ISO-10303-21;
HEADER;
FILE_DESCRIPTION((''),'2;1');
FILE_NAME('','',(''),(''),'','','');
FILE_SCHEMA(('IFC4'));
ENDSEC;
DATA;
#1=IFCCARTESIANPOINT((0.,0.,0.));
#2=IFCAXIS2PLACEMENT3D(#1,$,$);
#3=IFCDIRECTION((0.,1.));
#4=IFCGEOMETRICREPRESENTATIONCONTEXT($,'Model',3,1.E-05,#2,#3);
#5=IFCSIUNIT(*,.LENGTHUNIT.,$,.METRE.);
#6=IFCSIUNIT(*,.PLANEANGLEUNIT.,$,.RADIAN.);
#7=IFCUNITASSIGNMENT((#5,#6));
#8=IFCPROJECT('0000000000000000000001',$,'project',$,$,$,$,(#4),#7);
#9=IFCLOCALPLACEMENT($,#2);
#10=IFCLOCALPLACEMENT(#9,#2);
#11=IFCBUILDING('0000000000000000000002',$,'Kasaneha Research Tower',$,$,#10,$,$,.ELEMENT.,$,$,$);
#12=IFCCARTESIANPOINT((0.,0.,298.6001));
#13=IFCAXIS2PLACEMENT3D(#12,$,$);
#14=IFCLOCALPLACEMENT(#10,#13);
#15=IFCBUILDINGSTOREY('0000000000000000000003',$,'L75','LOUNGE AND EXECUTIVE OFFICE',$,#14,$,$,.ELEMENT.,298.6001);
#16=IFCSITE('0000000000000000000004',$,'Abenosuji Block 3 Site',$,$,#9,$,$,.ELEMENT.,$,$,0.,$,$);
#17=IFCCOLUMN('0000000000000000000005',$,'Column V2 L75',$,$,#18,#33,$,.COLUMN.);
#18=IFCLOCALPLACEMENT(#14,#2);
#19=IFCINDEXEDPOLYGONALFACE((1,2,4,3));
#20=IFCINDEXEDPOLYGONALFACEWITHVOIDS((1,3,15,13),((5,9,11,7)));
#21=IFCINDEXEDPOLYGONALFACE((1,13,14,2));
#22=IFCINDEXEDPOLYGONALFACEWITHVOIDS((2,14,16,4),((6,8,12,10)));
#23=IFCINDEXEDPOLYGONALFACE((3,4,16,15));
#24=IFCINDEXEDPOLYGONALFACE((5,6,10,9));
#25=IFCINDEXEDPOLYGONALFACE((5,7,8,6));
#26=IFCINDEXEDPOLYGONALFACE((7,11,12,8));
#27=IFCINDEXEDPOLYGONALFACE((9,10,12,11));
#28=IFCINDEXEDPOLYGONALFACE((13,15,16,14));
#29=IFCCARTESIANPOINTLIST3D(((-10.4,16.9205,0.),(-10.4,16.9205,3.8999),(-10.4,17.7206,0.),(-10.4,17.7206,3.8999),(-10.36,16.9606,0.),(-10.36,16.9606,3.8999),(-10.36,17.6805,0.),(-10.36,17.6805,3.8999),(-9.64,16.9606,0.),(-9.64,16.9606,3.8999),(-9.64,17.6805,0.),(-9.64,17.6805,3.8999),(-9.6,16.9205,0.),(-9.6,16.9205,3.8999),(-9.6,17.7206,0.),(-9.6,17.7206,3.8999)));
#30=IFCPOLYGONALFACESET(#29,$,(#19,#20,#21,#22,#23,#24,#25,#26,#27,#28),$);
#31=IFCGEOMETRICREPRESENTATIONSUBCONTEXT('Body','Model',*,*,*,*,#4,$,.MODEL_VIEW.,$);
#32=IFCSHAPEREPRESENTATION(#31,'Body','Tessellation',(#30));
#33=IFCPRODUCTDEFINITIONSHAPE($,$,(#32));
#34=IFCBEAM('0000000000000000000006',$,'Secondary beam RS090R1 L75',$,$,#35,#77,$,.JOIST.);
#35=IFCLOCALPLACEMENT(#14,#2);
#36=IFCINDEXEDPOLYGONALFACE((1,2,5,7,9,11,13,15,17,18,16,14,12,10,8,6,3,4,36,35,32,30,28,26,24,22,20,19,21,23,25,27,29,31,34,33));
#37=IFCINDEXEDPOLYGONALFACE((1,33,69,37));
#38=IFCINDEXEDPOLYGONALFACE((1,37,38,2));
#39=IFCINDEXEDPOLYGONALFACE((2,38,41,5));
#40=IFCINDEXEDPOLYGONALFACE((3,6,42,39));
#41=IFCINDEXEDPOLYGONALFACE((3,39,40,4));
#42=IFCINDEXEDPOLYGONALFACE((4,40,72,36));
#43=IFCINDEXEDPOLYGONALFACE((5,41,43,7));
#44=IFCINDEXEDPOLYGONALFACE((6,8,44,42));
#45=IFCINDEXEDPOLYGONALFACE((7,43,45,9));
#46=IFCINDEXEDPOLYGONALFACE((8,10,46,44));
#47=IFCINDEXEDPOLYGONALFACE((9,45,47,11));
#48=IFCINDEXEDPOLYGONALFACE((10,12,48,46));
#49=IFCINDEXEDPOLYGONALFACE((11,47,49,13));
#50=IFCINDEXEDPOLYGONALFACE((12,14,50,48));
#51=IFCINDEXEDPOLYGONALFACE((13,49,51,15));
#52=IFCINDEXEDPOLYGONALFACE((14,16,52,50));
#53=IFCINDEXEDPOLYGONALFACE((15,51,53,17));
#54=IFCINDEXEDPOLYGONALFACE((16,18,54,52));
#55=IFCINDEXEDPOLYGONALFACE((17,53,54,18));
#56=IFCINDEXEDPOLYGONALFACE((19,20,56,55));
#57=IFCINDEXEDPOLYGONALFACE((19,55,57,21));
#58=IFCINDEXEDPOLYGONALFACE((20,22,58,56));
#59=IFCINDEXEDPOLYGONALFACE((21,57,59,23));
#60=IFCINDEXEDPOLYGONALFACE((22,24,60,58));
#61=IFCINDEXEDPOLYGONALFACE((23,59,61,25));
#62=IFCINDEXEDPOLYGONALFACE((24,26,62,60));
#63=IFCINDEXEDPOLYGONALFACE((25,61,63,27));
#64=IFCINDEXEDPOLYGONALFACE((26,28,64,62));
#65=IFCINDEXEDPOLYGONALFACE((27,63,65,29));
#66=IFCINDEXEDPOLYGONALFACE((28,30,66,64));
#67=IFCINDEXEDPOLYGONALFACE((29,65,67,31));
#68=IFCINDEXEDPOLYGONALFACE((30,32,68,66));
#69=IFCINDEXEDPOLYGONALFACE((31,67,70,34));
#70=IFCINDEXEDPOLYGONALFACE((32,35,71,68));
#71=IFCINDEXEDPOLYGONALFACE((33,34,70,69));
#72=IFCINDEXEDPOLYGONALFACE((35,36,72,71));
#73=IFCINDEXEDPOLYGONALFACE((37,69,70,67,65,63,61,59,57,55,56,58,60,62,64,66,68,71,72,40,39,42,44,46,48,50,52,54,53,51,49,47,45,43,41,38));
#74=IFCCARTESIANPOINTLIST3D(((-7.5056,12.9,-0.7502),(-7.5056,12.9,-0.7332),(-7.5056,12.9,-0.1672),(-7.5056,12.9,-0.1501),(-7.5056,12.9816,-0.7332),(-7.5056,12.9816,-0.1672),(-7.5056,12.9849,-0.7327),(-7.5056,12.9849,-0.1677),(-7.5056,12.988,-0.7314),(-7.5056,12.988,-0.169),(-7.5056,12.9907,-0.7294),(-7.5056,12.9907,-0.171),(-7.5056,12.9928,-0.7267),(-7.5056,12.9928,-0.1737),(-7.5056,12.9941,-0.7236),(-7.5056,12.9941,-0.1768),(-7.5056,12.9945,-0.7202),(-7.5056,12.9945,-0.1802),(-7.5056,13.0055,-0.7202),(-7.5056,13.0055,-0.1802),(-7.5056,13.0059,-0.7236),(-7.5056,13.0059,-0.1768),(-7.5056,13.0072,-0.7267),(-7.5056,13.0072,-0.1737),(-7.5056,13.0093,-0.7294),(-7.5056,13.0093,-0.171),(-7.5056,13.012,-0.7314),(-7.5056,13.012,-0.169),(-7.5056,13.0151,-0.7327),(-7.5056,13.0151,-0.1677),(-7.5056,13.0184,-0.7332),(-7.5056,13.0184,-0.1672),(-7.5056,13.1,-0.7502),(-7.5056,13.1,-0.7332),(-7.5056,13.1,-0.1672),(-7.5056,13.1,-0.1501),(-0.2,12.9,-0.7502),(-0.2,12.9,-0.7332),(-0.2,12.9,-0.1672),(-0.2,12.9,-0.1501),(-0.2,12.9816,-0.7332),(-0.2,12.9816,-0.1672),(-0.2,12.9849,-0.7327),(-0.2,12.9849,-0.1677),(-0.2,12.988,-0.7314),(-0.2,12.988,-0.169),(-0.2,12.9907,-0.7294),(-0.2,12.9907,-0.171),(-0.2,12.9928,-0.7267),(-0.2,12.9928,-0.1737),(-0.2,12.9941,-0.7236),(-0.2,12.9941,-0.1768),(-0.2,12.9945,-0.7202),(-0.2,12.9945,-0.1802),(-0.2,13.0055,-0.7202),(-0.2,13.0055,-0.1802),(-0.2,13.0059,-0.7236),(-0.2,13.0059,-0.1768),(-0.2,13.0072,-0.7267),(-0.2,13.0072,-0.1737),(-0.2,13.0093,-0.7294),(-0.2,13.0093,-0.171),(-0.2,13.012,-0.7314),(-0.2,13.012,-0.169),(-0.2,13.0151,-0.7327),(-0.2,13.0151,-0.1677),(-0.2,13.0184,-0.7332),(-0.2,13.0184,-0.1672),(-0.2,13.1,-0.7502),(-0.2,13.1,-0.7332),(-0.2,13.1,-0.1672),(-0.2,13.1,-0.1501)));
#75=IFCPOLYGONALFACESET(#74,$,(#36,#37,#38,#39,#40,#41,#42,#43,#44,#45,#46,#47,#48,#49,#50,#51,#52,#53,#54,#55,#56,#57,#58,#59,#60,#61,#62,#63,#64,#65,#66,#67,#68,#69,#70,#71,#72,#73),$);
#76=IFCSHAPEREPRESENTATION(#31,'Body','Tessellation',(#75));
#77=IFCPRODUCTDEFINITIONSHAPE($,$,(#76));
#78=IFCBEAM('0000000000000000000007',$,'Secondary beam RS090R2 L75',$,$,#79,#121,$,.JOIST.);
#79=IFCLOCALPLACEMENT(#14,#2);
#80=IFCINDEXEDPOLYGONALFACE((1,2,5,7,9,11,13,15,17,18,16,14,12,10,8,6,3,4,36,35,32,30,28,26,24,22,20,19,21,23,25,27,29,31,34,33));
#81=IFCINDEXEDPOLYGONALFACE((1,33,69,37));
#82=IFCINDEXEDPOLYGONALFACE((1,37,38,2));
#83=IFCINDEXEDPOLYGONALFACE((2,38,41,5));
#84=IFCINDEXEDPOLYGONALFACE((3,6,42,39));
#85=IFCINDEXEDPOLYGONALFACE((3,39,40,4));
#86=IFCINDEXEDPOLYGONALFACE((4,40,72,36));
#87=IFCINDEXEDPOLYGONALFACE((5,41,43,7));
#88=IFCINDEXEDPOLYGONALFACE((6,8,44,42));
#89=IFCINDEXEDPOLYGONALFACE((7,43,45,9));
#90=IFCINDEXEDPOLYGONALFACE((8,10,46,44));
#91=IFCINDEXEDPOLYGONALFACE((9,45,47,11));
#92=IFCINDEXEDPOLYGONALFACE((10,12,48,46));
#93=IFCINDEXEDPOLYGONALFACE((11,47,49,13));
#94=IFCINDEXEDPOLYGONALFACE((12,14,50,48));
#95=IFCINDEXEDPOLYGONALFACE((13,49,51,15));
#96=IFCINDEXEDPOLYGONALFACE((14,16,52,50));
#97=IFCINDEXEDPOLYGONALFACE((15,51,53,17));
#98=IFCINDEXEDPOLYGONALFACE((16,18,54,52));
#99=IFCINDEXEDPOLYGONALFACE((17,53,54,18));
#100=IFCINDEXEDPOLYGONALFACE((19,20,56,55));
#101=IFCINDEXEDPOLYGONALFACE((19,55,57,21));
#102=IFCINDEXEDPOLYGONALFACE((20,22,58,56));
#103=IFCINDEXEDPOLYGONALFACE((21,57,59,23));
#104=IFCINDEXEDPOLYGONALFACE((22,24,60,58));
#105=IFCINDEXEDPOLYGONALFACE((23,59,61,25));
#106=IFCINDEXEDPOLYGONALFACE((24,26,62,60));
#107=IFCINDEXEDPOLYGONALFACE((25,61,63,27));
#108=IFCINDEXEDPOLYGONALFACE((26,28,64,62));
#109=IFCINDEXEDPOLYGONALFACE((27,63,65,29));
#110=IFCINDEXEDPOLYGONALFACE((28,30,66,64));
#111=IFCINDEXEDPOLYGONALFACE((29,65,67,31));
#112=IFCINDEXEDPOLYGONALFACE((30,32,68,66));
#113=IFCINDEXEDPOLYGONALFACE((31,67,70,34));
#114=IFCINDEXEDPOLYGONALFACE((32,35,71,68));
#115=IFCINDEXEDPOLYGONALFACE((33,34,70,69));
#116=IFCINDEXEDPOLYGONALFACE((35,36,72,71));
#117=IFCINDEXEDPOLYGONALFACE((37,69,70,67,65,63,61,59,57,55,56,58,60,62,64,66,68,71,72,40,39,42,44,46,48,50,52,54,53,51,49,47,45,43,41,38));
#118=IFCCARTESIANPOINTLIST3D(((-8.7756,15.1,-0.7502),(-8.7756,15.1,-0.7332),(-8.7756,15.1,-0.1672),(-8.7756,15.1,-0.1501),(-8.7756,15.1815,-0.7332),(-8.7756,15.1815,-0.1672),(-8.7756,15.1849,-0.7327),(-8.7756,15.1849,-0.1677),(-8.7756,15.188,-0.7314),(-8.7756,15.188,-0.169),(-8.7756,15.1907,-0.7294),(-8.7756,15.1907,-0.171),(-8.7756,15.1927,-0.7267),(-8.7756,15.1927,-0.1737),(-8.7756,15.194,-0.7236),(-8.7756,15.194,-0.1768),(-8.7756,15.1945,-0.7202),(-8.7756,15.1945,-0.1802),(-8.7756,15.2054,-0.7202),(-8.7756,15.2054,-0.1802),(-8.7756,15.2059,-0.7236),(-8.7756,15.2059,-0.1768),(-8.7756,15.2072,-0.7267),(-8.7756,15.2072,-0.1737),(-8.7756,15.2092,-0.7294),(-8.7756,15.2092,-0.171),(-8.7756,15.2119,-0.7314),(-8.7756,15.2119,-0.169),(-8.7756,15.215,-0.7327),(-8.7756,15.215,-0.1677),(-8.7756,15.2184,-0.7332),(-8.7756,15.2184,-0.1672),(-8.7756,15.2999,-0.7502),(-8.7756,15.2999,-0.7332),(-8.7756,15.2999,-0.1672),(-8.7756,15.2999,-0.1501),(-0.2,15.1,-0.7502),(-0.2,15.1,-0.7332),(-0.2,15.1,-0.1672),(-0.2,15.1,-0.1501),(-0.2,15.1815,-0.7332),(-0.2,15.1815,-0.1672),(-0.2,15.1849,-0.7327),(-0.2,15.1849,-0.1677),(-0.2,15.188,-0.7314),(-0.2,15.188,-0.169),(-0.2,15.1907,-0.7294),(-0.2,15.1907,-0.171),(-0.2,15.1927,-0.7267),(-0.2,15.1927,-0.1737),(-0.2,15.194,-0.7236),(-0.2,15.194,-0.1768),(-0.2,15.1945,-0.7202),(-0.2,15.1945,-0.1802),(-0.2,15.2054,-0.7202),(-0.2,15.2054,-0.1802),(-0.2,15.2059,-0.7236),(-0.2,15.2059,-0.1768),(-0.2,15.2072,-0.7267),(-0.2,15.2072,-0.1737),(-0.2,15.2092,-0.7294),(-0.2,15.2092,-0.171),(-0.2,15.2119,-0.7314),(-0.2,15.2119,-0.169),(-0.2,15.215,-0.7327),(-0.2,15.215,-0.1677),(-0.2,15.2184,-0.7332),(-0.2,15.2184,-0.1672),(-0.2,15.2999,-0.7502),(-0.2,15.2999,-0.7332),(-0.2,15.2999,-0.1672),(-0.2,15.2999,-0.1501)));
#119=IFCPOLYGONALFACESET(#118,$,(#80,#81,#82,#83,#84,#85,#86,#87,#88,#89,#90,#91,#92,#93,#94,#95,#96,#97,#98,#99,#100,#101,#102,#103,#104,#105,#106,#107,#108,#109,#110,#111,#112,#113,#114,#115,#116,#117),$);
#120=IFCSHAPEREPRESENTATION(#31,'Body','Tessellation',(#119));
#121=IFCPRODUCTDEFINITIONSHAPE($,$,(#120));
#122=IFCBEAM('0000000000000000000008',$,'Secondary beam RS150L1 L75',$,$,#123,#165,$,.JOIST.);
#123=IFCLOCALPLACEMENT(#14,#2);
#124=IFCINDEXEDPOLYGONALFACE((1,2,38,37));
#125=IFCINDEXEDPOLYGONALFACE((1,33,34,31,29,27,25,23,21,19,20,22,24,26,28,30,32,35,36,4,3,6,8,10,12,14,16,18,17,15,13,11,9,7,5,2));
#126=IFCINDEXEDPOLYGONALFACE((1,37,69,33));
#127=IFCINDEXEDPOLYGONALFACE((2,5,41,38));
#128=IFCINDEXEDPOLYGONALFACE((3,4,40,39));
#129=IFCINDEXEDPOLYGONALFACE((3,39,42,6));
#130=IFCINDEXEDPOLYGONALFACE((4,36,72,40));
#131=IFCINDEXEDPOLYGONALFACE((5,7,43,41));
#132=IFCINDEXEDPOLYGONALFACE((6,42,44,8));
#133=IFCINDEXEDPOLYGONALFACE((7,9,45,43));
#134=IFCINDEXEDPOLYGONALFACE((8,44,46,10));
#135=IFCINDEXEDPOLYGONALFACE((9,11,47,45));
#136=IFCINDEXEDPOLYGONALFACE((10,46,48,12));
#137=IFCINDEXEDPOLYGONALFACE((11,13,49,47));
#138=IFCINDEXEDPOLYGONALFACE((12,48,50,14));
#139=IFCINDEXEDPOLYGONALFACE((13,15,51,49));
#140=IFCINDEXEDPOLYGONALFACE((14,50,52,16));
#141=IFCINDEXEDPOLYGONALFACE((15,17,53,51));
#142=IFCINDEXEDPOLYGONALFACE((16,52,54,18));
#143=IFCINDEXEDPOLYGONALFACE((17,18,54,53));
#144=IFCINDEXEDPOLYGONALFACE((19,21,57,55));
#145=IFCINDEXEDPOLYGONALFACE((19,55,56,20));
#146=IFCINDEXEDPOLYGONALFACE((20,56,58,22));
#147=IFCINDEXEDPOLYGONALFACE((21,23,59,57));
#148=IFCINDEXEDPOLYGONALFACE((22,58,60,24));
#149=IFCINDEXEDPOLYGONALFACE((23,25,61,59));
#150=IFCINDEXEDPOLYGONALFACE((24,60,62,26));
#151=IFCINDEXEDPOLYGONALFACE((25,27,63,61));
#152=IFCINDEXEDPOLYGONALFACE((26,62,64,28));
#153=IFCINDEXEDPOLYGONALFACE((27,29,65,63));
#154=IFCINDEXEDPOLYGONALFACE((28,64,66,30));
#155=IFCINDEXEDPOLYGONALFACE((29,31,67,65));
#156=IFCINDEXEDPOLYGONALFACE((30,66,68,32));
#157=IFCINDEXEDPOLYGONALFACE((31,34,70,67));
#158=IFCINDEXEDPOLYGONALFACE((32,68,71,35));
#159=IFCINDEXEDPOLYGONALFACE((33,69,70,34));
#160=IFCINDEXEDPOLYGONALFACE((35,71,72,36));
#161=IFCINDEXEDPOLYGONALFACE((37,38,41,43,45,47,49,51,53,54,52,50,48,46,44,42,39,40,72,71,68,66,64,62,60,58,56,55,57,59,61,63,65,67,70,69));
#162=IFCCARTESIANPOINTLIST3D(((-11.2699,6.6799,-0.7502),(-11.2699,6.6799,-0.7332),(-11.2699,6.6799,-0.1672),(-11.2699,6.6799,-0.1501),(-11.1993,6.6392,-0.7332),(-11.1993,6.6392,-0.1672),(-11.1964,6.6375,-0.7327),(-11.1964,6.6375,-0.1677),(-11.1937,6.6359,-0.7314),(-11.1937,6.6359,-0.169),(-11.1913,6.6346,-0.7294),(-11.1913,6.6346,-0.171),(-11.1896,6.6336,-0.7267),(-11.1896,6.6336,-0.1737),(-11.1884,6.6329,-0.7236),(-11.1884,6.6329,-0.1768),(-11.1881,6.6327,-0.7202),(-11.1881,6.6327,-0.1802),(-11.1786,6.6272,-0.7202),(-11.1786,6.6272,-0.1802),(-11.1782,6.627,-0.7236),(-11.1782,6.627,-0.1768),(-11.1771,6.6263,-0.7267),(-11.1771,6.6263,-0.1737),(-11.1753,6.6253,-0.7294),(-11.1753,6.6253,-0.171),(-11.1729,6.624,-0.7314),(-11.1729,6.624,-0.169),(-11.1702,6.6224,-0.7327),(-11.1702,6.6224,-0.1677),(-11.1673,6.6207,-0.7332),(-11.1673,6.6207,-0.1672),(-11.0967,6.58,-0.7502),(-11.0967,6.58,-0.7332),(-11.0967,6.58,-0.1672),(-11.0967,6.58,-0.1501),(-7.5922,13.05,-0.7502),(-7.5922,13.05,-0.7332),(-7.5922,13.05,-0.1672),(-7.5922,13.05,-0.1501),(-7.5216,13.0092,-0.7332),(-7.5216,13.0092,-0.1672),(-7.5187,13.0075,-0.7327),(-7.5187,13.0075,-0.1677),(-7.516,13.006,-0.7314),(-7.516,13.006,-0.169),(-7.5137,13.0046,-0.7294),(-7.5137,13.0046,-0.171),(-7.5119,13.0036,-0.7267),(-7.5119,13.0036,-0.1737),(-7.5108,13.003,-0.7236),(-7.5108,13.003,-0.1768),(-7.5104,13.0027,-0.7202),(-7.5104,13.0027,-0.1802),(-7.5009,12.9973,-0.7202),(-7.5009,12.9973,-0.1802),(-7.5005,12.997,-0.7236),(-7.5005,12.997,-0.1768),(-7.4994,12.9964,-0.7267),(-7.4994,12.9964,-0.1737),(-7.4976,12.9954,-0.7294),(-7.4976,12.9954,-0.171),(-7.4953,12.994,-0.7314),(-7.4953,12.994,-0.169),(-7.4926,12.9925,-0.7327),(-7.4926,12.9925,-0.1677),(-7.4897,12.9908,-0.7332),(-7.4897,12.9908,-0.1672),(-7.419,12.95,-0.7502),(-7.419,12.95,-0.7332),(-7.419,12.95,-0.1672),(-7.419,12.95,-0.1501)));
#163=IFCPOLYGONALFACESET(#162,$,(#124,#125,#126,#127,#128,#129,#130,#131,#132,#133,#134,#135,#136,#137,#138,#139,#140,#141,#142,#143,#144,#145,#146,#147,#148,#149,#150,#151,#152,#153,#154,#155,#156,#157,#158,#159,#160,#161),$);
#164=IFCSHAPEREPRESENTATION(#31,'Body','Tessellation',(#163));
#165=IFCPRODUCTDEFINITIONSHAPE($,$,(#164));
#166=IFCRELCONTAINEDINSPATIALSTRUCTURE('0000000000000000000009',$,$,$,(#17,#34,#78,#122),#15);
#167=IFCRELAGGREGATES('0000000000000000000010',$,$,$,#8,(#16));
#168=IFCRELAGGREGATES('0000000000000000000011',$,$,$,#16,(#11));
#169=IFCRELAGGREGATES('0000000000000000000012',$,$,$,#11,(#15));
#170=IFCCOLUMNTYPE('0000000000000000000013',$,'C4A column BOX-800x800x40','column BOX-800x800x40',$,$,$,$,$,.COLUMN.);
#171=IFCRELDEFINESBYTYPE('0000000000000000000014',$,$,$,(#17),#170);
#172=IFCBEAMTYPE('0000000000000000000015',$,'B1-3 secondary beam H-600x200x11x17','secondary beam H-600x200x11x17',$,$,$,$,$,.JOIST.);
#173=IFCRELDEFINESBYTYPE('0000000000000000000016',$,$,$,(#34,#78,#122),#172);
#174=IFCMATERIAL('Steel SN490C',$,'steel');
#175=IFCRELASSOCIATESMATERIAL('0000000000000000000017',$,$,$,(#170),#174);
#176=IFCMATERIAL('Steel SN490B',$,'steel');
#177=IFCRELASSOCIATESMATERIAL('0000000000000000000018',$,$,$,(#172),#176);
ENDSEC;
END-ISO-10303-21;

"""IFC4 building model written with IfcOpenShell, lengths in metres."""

from ifc_helpers import new_model, si_unit, direction, frame, origin, origin_2d, place, context, subcontext, project, spatial, hollow_rectangle, i_section, extrude, material, material_profile, profile_set, type_object, element, save


model = new_model("IFC4")

# Units and contexts
model_context = context("Model", 3, precision=1e-05, world=origin(), true_north=direction((0.0, 1.0)))
body_context = subcontext(model_context, "Body", "Model", "MODEL_VIEW")
ifc_project = project(units=[si_unit("LENGTHUNIT", "METRE"), si_unit("PLANEANGLEUNIT", "RADIAN")], contexts=[model_context])

# Site, building, storey
site_placement = place(None, origin())
site = spatial("IfcSite", under=ifc_project, at=site_placement, Name="Abenosuji Block 3 Site", CompositionType="ELEMENT", RefElevation=0.0)
building_placement = place(site_placement, origin())
building = spatial("IfcBuilding", under=site, at=building_placement, Name="Kasaneha Research Tower", CompositionType="ELEMENT")
storey_placement = place(building_placement, frame((0.0, 0.0, 298.6001)))
storey = spatial("IfcBuildingStorey", under=building, at=storey_placement, Name="L75", Description="LOUNGE AND EXECUTIVE OFFICE", CompositionType="ELEMENT", Elevation=298.6001)

# Column
ifc_material_1 = material(Name="Steel SN490C", Category="steel")
ifc_material_profile_1 = material_profile(ifc_material_1, hollow_rectangle(XDim=0.8, YDim=0.8, WallThickness=0.04, at=origin_2d()), Name="BOX-800x800x40")
ifc_profile_set_1 = profile_set([ifc_material_profile_1], Name="Steel SN490C")
column_type = type_object("IfcColumnType", Name="C4A column BOX-800x800x40", Description="column BOX-800x800x40", PredefinedType="COLUMN", material=ifc_profile_set_1)
column_placement = place(storey_placement, frame((-10.0, 17.3206, 0.0), z_axis=(0.0, 0.0, 1.0), x_axis=(1.0, 0.0, 0.0)))
element("IfcColumn", 1, at=column_placement, inside=storey, type_object=column_type, Name="Column V2 L75", PredefinedType="COLUMN", context=body_context, shape_type="SweptSolid", body=[
    extrude(hollow_rectangle(XDim=0.8, YDim=0.8, WallThickness=0.04, at=origin_2d()), origin(), (0.0, 0.0, 1.0), 3.8999),
])

# Beams
ifc_material_2 = material(Name="Steel SN490B", Category="steel")
ifc_material_profile_2 = material_profile(ifc_material_2, i_section(OverallWidth=0.2, OverallDepth=0.6001, WebThickness=0.011, FlangeThickness=0.0171, FilletRadius=0.0129, at=origin_2d()), Name="H-600x200x11x17")
ifc_profile_set_2 = profile_set([ifc_material_profile_2], Name="Steel SN490B")
beam_type_1 = type_object("IfcBeamType", Name="B1-3 secondary beam H-600x200x11x17", Description="secondary beam H-600x200x11x17", PredefinedType="JOIST", material=ifc_profile_set_2)
beam_1_placement = place(storey_placement, frame((-7.5056, 13.0, -0.4502), z_axis=(1.0, 0.0, 0.0), x_axis=(0.0, 1.0, 0.0)))
element("IfcBeam", 2, at=beam_1_placement, inside=storey, type_object=beam_type_1, Name="Secondary beam RS090R1 L75", PredefinedType="JOIST", context=body_context, shape_type="SweptSolid", body=[
    extrude(i_section(OverallWidth=0.2, OverallDepth=0.6001, WebThickness=0.011, FlangeThickness=0.0171, FilletRadius=0.0129, at=origin_2d()), origin(), (0.0, 0.0, 1.0), 7.3057),
])
beam_2_placement = place(storey_placement, frame((-8.7756, 15.2, -0.4502), z_axis=(1.0, 0.0, 0.0), x_axis=(0.0, 1.0, 0.0)))
element("IfcBeam", 3, at=beam_2_placement, inside=storey, type_object=beam_type_1, Name="Secondary beam RS090R2 L75", PredefinedType="JOIST", context=body_context, shape_type="SweptSolid", body=[
    extrude(i_section(OverallWidth=0.2, OverallDepth=0.6001, WebThickness=0.011, FlangeThickness=0.0171, FilletRadius=0.0129, at=origin_2d()), origin(), (0.0, 0.0, 1.0), 8.5757),
])
beam_3_placement = place(storey_placement, frame((-7.5056, 13.0, -0.4502), z_axis=(-0.499994, -0.866029, 0.0), x_axis=(0.866029, -0.499994, 0.0)))
element("IfcBeam", 4, at=beam_3_placement, inside=storey, type_object=beam_type_1, Name="Secondary beam RS150L1 L75", PredefinedType="JOIST", context=body_context, shape_type="SweptSolid", body=[
    extrude(i_section(OverallWidth=0.2, OverallDepth=0.6001, WebThickness=0.011, FlangeThickness=0.0171, FilletRadius=0.0129, at=origin_2d()), origin(), (0.0, 0.0, 1.0), 7.3555),
])

save(model, "model.ifc")
